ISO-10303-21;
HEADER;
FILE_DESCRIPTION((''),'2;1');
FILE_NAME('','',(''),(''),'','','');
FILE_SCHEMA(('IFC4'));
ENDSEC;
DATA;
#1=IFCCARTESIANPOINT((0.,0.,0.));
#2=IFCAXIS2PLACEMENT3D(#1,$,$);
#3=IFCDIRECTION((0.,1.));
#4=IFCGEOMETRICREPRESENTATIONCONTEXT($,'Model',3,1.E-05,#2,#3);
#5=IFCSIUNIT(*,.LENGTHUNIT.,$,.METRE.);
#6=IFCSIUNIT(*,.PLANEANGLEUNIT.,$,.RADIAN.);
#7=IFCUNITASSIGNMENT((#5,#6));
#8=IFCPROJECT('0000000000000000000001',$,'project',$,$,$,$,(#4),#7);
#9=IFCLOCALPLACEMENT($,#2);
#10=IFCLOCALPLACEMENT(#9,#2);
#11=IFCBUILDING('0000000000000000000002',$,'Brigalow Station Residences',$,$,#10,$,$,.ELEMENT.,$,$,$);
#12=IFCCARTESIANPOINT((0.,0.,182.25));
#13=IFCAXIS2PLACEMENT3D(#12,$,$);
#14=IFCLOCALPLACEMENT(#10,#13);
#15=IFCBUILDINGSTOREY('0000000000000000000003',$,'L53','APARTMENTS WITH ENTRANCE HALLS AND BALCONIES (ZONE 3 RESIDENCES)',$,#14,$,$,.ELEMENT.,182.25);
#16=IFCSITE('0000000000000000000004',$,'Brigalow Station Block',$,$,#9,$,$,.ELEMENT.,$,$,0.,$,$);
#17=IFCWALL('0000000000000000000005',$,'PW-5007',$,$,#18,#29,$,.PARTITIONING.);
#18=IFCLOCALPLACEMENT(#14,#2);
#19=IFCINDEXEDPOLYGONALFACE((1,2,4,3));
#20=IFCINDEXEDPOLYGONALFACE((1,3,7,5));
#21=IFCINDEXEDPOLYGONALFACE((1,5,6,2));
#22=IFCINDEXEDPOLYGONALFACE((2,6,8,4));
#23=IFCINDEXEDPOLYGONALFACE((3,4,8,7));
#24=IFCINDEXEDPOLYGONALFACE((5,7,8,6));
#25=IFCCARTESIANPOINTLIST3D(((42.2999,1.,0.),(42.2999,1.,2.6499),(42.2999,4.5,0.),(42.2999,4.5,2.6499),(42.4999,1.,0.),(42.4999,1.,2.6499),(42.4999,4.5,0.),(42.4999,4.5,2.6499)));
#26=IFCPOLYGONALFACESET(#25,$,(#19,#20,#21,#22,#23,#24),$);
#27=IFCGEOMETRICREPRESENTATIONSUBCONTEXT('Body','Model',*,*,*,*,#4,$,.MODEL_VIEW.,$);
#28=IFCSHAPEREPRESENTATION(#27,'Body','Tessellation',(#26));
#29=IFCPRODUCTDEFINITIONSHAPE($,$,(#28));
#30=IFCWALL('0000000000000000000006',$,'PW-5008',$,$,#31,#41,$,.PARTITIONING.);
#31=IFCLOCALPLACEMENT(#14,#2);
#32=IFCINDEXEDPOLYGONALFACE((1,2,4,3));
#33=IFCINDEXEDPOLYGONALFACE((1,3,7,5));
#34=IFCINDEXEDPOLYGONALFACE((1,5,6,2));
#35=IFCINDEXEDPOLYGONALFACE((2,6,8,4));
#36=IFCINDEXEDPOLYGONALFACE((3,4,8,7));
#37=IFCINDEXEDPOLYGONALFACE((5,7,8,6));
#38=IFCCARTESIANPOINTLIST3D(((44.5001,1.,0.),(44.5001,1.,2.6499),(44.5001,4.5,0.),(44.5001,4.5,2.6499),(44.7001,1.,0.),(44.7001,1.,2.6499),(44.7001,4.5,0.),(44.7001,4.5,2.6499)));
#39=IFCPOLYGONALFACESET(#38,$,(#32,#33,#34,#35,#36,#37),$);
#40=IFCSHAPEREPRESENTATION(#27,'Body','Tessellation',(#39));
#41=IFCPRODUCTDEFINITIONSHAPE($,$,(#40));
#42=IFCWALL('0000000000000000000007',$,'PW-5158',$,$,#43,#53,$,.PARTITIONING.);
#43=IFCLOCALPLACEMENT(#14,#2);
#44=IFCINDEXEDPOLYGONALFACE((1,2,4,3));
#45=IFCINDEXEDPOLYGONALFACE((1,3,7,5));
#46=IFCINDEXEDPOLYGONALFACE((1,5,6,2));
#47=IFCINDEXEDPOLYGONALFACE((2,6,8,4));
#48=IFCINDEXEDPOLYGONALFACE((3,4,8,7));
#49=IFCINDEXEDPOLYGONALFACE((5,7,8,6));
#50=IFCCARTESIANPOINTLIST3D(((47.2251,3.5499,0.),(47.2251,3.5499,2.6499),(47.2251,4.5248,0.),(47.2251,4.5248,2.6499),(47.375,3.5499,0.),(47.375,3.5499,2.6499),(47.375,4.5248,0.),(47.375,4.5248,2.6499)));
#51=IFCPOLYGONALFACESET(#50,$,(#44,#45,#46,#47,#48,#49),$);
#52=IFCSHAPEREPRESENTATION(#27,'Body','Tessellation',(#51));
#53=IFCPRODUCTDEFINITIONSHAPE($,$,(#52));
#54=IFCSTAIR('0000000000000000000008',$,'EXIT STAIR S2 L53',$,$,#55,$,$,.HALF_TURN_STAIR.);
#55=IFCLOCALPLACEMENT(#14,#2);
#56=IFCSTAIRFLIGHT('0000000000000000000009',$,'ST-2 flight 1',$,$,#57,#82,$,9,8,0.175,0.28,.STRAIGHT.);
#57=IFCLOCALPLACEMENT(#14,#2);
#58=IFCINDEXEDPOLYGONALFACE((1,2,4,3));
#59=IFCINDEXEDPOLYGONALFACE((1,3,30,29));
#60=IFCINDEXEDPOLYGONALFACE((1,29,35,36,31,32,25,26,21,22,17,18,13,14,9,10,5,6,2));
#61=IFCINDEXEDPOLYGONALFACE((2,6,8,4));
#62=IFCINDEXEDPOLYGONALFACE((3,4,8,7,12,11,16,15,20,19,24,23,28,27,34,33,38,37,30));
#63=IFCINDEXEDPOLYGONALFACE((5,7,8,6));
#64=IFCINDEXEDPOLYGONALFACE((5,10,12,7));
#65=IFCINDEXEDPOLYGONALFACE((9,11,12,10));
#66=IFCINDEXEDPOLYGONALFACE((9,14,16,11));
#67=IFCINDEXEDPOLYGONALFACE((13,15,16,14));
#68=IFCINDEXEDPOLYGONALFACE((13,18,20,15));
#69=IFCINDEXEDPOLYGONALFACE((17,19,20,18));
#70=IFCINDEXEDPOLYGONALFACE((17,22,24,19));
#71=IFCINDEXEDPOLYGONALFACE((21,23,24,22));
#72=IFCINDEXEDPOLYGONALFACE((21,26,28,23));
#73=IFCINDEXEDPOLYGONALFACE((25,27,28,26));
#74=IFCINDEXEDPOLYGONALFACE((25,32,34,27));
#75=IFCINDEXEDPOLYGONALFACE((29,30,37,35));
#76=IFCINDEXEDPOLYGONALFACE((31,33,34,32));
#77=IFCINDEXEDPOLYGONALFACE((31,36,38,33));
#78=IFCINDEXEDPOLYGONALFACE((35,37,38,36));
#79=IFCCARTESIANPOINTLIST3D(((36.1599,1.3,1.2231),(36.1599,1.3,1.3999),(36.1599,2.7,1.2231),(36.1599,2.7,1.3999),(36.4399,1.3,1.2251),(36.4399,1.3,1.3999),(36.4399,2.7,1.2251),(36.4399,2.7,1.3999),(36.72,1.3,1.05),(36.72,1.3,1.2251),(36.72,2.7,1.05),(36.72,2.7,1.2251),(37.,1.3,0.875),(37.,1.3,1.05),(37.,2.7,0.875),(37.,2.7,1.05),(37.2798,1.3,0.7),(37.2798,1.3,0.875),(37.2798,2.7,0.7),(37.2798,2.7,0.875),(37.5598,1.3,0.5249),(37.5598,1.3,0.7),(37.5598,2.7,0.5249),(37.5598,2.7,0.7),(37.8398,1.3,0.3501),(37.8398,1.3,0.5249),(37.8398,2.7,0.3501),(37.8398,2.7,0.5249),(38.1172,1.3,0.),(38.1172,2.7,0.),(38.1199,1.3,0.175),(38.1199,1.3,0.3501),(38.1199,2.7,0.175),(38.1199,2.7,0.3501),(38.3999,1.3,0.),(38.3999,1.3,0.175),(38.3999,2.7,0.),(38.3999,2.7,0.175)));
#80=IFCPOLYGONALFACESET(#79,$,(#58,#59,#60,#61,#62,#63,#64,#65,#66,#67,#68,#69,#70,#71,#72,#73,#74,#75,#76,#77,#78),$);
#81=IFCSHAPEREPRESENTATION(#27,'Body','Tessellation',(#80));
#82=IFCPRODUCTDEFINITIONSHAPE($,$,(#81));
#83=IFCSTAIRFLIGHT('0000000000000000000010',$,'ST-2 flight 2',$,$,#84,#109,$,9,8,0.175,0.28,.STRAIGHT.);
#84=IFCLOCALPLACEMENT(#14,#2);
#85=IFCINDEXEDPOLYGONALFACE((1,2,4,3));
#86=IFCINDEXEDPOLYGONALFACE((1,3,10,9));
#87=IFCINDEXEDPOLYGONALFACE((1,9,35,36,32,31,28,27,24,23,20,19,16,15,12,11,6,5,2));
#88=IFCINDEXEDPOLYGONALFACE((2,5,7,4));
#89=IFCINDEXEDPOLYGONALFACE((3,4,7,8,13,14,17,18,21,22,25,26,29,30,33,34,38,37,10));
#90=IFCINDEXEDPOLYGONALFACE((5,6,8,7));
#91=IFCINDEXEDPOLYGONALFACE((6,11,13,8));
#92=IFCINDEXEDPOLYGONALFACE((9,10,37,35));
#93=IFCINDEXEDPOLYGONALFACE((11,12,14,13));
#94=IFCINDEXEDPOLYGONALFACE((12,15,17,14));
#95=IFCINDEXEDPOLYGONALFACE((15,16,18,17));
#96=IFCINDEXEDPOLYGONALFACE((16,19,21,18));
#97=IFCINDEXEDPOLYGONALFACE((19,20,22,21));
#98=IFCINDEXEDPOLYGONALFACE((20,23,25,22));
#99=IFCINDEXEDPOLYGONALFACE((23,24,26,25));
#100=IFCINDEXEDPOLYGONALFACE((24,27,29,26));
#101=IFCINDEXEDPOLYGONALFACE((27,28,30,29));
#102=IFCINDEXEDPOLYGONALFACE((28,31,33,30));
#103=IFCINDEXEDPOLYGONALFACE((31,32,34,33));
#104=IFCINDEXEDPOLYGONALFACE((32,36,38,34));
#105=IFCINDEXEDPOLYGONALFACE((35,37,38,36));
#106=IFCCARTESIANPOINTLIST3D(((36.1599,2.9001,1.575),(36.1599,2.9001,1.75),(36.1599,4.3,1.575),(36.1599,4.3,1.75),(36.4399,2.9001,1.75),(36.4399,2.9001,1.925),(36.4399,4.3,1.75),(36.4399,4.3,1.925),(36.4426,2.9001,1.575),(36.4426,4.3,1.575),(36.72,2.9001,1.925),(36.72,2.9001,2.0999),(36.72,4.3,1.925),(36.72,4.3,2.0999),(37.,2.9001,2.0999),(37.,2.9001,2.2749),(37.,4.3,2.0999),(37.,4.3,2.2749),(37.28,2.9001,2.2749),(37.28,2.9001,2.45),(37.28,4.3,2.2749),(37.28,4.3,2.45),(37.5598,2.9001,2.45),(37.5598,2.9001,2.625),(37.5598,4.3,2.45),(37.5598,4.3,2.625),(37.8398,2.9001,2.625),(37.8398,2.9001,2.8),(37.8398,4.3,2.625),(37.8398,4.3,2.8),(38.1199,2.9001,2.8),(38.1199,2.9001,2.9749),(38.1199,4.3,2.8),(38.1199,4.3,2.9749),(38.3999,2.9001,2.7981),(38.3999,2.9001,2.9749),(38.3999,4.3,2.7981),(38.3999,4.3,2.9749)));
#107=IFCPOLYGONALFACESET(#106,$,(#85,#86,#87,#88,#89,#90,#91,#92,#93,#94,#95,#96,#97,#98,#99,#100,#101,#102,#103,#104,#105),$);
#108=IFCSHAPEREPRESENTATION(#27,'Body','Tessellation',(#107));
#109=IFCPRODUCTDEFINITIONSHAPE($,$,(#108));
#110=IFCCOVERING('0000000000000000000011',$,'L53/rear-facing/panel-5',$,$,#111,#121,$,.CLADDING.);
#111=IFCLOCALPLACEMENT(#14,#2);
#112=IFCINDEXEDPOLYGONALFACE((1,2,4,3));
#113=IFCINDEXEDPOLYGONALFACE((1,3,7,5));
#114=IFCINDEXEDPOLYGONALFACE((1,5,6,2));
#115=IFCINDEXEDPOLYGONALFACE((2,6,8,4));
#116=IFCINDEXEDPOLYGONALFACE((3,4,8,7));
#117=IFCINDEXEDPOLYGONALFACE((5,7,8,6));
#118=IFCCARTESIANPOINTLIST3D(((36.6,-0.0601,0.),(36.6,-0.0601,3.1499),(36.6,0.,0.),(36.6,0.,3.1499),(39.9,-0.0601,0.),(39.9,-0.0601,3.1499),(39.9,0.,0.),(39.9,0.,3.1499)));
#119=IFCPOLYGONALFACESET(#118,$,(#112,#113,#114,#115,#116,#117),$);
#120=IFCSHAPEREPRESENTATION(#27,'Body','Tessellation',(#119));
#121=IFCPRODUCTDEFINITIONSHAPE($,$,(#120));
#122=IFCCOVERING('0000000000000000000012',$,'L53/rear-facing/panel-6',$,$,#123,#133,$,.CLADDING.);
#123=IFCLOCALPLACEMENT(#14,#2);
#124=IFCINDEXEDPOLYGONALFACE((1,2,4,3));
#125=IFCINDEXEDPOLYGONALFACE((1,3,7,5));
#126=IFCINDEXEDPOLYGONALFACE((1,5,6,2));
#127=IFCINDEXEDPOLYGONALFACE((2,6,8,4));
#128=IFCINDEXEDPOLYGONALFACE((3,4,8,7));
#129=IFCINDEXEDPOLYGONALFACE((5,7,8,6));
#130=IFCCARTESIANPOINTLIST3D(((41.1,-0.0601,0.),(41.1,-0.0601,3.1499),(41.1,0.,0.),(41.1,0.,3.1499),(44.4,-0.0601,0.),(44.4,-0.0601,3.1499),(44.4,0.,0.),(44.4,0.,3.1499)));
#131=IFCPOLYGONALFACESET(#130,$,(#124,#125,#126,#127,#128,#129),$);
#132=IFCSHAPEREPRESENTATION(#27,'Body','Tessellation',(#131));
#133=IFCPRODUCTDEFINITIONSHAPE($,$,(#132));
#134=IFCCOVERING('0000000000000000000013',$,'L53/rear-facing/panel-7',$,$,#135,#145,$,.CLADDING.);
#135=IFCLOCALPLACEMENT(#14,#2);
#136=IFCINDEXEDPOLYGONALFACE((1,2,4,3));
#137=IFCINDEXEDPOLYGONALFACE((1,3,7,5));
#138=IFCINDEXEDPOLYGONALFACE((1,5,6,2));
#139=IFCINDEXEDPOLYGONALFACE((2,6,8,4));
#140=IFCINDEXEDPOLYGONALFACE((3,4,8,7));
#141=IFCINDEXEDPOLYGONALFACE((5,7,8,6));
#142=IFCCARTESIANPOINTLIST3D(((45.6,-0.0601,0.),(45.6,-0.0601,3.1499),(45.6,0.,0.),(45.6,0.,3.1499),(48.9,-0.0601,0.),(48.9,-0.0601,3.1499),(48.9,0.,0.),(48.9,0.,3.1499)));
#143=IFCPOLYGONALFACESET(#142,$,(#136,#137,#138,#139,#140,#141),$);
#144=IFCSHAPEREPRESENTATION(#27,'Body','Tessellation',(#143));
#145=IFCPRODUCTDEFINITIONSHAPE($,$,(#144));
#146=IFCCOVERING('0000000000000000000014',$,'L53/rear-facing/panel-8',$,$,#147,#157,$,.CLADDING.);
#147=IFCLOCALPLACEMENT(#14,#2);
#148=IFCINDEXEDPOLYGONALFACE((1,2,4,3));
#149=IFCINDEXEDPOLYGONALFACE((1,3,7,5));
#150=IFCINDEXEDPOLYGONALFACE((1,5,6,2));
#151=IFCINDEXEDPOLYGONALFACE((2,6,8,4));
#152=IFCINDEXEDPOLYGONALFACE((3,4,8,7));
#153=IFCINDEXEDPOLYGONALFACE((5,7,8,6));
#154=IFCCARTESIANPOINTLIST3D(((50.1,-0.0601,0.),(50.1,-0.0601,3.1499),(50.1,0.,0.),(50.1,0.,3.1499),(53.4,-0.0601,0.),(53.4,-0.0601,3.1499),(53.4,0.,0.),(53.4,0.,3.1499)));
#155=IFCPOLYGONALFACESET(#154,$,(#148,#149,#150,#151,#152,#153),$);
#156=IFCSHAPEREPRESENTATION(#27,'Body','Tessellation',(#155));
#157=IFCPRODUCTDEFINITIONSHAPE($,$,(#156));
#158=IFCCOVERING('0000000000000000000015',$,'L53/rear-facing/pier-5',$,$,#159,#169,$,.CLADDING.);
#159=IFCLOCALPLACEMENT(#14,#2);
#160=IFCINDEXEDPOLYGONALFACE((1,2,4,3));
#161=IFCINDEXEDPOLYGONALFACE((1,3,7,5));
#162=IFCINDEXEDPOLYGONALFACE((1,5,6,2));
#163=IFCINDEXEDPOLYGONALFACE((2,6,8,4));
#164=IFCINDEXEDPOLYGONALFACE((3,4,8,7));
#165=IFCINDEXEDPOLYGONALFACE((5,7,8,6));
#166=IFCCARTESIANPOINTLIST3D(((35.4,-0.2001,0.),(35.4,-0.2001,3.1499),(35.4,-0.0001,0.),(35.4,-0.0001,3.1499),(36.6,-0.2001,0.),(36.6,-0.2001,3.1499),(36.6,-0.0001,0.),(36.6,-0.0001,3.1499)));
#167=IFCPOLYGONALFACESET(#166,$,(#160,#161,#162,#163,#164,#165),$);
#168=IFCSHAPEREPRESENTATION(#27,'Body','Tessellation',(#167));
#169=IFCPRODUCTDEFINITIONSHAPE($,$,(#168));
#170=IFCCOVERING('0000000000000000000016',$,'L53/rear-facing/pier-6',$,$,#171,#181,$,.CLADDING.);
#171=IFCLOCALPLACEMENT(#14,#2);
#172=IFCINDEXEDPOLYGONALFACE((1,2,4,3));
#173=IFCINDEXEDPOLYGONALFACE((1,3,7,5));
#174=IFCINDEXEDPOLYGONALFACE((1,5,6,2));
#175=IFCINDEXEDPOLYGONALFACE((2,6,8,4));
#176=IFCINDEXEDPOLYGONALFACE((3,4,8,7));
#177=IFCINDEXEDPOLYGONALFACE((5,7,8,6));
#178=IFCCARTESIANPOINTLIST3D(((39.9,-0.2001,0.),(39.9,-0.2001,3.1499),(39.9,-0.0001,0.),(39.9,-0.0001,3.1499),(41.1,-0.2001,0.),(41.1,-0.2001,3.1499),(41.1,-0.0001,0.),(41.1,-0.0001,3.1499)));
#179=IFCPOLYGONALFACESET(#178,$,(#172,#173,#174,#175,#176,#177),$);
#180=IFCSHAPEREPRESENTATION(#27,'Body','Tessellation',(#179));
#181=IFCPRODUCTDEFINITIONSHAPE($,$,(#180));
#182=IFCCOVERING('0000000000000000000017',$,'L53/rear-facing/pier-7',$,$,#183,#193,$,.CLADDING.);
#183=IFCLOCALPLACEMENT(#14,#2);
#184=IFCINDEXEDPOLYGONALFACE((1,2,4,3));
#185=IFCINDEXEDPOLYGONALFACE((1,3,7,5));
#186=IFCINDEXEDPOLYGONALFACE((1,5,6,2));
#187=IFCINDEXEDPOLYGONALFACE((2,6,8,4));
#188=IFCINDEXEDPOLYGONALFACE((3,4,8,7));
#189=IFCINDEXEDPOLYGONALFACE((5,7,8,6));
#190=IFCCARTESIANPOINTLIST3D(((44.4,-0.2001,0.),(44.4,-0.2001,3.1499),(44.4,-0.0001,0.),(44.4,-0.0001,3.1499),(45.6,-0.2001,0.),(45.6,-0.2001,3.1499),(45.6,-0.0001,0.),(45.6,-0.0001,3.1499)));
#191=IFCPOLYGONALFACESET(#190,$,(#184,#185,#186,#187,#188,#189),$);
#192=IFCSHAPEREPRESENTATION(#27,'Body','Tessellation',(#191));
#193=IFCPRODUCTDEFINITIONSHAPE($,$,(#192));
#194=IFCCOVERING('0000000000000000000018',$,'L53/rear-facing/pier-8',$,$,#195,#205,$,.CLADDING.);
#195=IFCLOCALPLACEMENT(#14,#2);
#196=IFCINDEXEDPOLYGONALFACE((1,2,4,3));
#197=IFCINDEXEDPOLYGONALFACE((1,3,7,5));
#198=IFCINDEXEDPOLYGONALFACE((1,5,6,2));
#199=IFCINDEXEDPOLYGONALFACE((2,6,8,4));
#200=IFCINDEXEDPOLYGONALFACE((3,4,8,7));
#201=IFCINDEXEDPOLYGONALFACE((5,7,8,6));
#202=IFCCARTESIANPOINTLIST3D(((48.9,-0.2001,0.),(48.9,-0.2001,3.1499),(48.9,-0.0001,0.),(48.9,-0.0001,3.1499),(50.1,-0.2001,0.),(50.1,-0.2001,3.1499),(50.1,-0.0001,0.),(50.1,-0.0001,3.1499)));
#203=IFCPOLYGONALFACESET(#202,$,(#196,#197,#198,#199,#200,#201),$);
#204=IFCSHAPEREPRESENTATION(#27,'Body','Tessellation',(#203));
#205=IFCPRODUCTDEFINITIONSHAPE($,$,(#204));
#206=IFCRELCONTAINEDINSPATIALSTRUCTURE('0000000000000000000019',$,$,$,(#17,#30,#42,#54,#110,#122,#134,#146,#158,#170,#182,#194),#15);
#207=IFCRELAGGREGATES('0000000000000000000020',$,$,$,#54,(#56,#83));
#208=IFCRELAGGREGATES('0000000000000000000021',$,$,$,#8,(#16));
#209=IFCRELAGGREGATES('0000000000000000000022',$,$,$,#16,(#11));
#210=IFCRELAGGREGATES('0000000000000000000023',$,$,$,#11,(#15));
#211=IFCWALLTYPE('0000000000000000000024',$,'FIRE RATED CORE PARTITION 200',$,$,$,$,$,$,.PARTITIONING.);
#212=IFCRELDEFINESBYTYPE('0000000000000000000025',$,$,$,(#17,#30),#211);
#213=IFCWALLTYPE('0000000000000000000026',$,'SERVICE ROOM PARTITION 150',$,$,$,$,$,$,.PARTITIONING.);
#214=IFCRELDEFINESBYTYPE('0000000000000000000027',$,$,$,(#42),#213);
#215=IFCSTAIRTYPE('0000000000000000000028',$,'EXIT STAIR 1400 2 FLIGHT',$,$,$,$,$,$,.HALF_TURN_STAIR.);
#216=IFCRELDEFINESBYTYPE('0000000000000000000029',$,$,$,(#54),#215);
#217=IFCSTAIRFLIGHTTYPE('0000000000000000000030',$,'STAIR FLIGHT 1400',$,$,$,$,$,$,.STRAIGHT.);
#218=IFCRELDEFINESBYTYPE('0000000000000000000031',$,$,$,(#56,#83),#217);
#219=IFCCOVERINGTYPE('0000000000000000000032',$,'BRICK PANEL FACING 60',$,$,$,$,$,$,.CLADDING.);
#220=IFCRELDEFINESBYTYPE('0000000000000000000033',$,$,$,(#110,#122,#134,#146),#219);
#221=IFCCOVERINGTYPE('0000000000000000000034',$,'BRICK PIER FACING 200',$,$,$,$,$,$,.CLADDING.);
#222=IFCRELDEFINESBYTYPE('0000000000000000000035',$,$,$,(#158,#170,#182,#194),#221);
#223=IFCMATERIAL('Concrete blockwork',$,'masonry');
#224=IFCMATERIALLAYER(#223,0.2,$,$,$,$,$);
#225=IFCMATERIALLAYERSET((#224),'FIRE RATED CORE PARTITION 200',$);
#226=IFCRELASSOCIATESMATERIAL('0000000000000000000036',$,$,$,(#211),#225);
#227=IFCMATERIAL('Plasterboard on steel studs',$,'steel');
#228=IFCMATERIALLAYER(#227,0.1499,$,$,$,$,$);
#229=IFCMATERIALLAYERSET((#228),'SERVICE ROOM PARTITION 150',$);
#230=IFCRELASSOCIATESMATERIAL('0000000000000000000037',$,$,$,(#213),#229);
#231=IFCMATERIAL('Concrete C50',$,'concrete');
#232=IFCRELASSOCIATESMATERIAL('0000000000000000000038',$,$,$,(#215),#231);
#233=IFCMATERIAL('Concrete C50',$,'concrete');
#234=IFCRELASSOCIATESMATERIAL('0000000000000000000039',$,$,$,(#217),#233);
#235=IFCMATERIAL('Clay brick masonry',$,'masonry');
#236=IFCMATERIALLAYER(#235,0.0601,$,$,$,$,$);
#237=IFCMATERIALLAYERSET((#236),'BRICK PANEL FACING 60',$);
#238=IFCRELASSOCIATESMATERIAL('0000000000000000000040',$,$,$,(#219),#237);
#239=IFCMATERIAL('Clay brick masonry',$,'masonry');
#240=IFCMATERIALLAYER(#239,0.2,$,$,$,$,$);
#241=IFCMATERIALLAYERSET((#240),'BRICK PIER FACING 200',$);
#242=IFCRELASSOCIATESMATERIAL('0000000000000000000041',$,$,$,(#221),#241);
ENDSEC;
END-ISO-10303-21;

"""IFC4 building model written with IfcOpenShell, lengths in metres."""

from ifc_helpers import new_model, si_unit, direction, frame, frame_2d, origin, origin_2d, place, context, subcontext, project, spatial, polyline, rectangle, outline, extrude, material, layer, layer_set, type_object, element, aggregate, save


model = new_model("IFC4")

# Units and contexts
model_context = context("Model", 3, precision=1e-05, world=origin(), true_north=direction((0.0, 1.0)))
body_context = subcontext(model_context, "Body", "Model", "MODEL_VIEW")
ifc_project = project(units=[si_unit("LENGTHUNIT", "METRE"), si_unit("PLANEANGLEUNIT", "RADIAN")], contexts=[model_context])

# Site, building, storey
site_placement = place(None, origin())
site = spatial("IfcSite", under=ifc_project, at=site_placement, Name="Brigalow Station Block", CompositionType="ELEMENT", RefElevation=0.0)
building_placement = place(site_placement, origin())
building = spatial("IfcBuilding", under=site, at=building_placement, Name="Brigalow Station Residences", CompositionType="ELEMENT")
storey_placement = place(building_placement, frame((0.0, 0.0, 182.25)))
storey = spatial("IfcBuildingStorey", under=building, at=storey_placement, Name="L53", Description="APARTMENTS WITH ENTRANCE HALLS AND BALCONIES (ZONE 3 RESIDENCES)", CompositionType="ELEMENT", Elevation=182.25)

# Shared definitions
ifc_material_1 = material(Name="Concrete blockwork", Category="masonry")
ifc_layer_1 = layer(ifc_material_1, 0.2)
ifc_layer_set_1 = layer_set([ifc_layer_1], Name="FIRE RATED CORE PARTITION 200")
wall_type_1 = type_object("IfcWallType", Name="FIRE RATED CORE PARTITION 200", PredefinedType="PARTITIONING", material=ifc_layer_set_1)

# Walls
for number, where, z_axis, x_axis, name in (
    (1, (42.3999, 1.0, 0.0), (0.0, 0.0, 1.0), (0.0, 1.0, 0.0), "PW-5007"),
    (2, (44.6001, 1.0, 0.0), (0.0, 0.0, 1.0), (0.0, 1.0, 0.0), "PW-5008"),
):
    element("IfcWall", number, at=place(storey_placement, frame(where, z_axis=z_axis, x_axis=x_axis)), inside=storey, type_object=wall_type_1, Name=name, PredefinedType="PARTITIONING", context=body_context, shape_type="SweptSolid", body=[
        extrude(rectangle(XDim=3.5, YDim=0.2, at=frame_2d((1.75, 0.0))), origin(), (0.0, 0.0, 1.0), 2.6499),
    ])
ifc_material_2 = material(Name="Plasterboard on steel studs", Category="steel")
ifc_layer_2 = layer(ifc_material_2, 0.1499)
ifc_layer_set_2 = layer_set([ifc_layer_2], Name="SERVICE ROOM PARTITION 150")
wall_type_2 = type_object("IfcWallType", Name="SERVICE ROOM PARTITION 150", PredefinedType="PARTITIONING", material=ifc_layer_set_2)
wall_1_placement = place(storey_placement, frame((47.3, 3.55, 0.0), z_axis=(0.0, 0.0, 1.0), x_axis=(0.0, 1.0, 0.0)))
element("IfcWall", 3, at=wall_1_placement, inside=storey, type_object=wall_type_2, Name="PW-5158", PredefinedType="PARTITIONING", context=body_context, shape_type="SweptSolid", body=[
    extrude(rectangle(XDim=0.9749, YDim=0.1499, at=frame_2d((0.4873, 0.0))), origin(), (0.0, 0.0, 1.0), 2.6499),
])

# Stair, stair flights
ifc_material_3 = material(Name="Concrete C50", Category="concrete")
stair_type = type_object("IfcStairType", Name="EXIT STAIR 1400 2 FLIGHT", PredefinedType="HALF_TURN_STAIR", material=ifc_material_3)
stair_placement = place(storey_placement, origin())
stair = element("IfcStair", 4, at=stair_placement, inside=storey, type_object=stair_type, Name="EXIT STAIR S2 L53", PredefinedType="HALF_TURN_STAIR")
ifc_material_4 = material(Name="Concrete C50", Category="concrete")
stair_flight_type = type_object("IfcStairFlightType", Name="STAIR FLIGHT 1400", PredefinedType="STRAIGHT", material=ifc_material_4)
stair_flight_1_placement = place(storey_placement, frame((38.3999, 2.0, 0.0), z_axis=(0.0, 0.0, 1.0), x_axis=(-1.0, 0.0, 0.0)))
stair_flight_1 = element("IfcStairFlight", 5, at=stair_flight_1_placement, type_object=stair_flight_type, Name="ST-2 flight 1", NumberOfRisers=9, NumberOfTreads=8, PredefinedType="STRAIGHT", RiserHeight=0.175, TreadLength=0.28, context=body_context, shape_type="SweptSolid", body=[
    extrude(outline(polyline([(0.0, 0.0), (0.0, 0.175), (0.28, 0.175), (0.28, 0.3501), (0.5601, 0.3501), (0.5601, 0.5249), (0.8401, 0.5249), (0.8401, 0.7), (1.1201, 0.7), (1.1201, 0.875), (1.3999, 0.875), (1.3999, 1.05), (1.6799, 1.05), (1.6799, 1.2251), (1.96, 1.2251), (1.96, 1.3999), (2.24, 1.3999), (2.24, 1.575), (2.24, 1.2231), (0.2827, 0.0), (0.0, 0.0)])), frame((0.0, 0.7, 0.0), z_axis=(0.0, -1.0, 0.0), x_axis=(1.0, 0.0, 0.0)), (0.0, 0.0, 1.0), 1.3999),
])
stair_flight_2_placement = place(storey_placement, frame((36.1599, 3.6001, 1.575), z_axis=(0.0, 0.0, 1.0), x_axis=(1.0, 0.0, 0.0)))
stair_flight_2 = element("IfcStairFlight", 6, at=stair_flight_2_placement, type_object=stair_flight_type, Name="ST-2 flight 2", NumberOfRisers=9, NumberOfTreads=8, PredefinedType="STRAIGHT", RiserHeight=0.175, TreadLength=0.28, context=body_context, shape_type="SweptSolid", body=[
    extrude(outline(polyline([(0.0, 0.0), (0.0, 0.175), (0.28, 0.175), (0.28, 0.3501), (0.5601, 0.3501), (0.5601, 0.5249), (0.8401, 0.5249), (0.8401, 0.7), (1.1201, 0.7), (1.1201, 0.875), (1.3999, 0.875), (1.3999, 1.05), (1.6799, 1.05), (1.6799, 1.2251), (1.96, 1.2251), (1.96, 1.3999), (2.24, 1.3999), (2.24, 1.575), (2.24, 1.2231), (0.2827, 0.0), (0.0, 0.0)])), frame((0.0, 0.7, 0.0), z_axis=(0.0, -1.0, 0.0), x_axis=(1.0, 0.0, 0.0)), (0.0, 0.0, 1.0), 1.3999),
])
aggregate(stair, [stair_flight_1, stair_flight_2])

# Coverings
ifc_material_5 = material(Name="Clay brick masonry", Category="masonry")
ifc_layer_3 = layer(ifc_material_5, 0.0601)
ifc_layer_set_3 = layer_set([ifc_layer_3], Name="BRICK PANEL FACING 60")
covering_type_1 = type_object("IfcCoveringType", Name="BRICK PANEL FACING 60", PredefinedType="CLADDING", material=ifc_layer_set_3)
for number, where, z_axis, x_axis, name in (
    (7, (38.25, -0.03, 0.0), (0.0, 0.0, 1.0), (1.0, 0.0, 0.0), "L53/rear-facing/panel-5"),
    (8, (42.75, -0.03, 0.0), (0.0, 0.0, 1.0), (1.0, 0.0, 0.0), "L53/rear-facing/panel-6"),
    (9, (47.25, -0.03, 0.0), (0.0, 0.0, 1.0), (1.0, 0.0, 0.0), "L53/rear-facing/panel-7"),
    (10, (51.75, -0.03, 0.0), (0.0, 0.0, 1.0), (1.0, 0.0, 0.0), "L53/rear-facing/panel-8"),
):
    element("IfcCovering", number, at=place(storey_placement, frame(where, z_axis=z_axis, x_axis=x_axis)), inside=storey, type_object=covering_type_1, Name=name, PredefinedType="CLADDING", context=body_context, shape_type="SweptSolid", body=[
        extrude(rectangle(XDim=3.3, YDim=0.0601, at=origin_2d()), origin(), (0.0, 0.0, 1.0), 3.1499),
    ])
ifc_material_6 = material(Name="Clay brick masonry", Category="masonry")
ifc_layer_4 = layer(ifc_material_6, 0.2)
ifc_layer_set_4 = layer_set([ifc_layer_4], Name="BRICK PIER FACING 200")
covering_type_2 = type_object("IfcCoveringType", Name="BRICK PIER FACING 200", PredefinedType="CLADDING", material=ifc_layer_set_4)
for number, where, z_axis, x_axis, name in (
    (11, (36.0, -0.1001, 0.0), (0.0, 0.0, 1.0), (1.0, 0.0, 0.0), "L53/rear-facing/pier-5"),
    (12, (40.5, -0.1001, 0.0), (0.0, 0.0, 1.0), (1.0, 0.0, 0.0), "L53/rear-facing/pier-6"),
    (13, (45.0, -0.1001, 0.0), (0.0, 0.0, 1.0), (1.0, 0.0, 0.0), "L53/rear-facing/pier-7"),
    (14, (49.5, -0.1001, 0.0), (0.0, 0.0, 1.0), (1.0, 0.0, 0.0), "L53/rear-facing/pier-8"),
):
    element("IfcCovering", number, at=place(storey_placement, frame(where, z_axis=z_axis, x_axis=x_axis)), inside=storey, type_object=covering_type_2, Name=name, PredefinedType="CLADDING", context=body_context, shape_type="SweptSolid", body=[
        extrude(rectangle(XDim=1.2, YDim=0.2, at=origin_2d()), origin(), (0.0, 0.0, 1.0), 3.1499),
    ])

save(model, "model.ifc")
